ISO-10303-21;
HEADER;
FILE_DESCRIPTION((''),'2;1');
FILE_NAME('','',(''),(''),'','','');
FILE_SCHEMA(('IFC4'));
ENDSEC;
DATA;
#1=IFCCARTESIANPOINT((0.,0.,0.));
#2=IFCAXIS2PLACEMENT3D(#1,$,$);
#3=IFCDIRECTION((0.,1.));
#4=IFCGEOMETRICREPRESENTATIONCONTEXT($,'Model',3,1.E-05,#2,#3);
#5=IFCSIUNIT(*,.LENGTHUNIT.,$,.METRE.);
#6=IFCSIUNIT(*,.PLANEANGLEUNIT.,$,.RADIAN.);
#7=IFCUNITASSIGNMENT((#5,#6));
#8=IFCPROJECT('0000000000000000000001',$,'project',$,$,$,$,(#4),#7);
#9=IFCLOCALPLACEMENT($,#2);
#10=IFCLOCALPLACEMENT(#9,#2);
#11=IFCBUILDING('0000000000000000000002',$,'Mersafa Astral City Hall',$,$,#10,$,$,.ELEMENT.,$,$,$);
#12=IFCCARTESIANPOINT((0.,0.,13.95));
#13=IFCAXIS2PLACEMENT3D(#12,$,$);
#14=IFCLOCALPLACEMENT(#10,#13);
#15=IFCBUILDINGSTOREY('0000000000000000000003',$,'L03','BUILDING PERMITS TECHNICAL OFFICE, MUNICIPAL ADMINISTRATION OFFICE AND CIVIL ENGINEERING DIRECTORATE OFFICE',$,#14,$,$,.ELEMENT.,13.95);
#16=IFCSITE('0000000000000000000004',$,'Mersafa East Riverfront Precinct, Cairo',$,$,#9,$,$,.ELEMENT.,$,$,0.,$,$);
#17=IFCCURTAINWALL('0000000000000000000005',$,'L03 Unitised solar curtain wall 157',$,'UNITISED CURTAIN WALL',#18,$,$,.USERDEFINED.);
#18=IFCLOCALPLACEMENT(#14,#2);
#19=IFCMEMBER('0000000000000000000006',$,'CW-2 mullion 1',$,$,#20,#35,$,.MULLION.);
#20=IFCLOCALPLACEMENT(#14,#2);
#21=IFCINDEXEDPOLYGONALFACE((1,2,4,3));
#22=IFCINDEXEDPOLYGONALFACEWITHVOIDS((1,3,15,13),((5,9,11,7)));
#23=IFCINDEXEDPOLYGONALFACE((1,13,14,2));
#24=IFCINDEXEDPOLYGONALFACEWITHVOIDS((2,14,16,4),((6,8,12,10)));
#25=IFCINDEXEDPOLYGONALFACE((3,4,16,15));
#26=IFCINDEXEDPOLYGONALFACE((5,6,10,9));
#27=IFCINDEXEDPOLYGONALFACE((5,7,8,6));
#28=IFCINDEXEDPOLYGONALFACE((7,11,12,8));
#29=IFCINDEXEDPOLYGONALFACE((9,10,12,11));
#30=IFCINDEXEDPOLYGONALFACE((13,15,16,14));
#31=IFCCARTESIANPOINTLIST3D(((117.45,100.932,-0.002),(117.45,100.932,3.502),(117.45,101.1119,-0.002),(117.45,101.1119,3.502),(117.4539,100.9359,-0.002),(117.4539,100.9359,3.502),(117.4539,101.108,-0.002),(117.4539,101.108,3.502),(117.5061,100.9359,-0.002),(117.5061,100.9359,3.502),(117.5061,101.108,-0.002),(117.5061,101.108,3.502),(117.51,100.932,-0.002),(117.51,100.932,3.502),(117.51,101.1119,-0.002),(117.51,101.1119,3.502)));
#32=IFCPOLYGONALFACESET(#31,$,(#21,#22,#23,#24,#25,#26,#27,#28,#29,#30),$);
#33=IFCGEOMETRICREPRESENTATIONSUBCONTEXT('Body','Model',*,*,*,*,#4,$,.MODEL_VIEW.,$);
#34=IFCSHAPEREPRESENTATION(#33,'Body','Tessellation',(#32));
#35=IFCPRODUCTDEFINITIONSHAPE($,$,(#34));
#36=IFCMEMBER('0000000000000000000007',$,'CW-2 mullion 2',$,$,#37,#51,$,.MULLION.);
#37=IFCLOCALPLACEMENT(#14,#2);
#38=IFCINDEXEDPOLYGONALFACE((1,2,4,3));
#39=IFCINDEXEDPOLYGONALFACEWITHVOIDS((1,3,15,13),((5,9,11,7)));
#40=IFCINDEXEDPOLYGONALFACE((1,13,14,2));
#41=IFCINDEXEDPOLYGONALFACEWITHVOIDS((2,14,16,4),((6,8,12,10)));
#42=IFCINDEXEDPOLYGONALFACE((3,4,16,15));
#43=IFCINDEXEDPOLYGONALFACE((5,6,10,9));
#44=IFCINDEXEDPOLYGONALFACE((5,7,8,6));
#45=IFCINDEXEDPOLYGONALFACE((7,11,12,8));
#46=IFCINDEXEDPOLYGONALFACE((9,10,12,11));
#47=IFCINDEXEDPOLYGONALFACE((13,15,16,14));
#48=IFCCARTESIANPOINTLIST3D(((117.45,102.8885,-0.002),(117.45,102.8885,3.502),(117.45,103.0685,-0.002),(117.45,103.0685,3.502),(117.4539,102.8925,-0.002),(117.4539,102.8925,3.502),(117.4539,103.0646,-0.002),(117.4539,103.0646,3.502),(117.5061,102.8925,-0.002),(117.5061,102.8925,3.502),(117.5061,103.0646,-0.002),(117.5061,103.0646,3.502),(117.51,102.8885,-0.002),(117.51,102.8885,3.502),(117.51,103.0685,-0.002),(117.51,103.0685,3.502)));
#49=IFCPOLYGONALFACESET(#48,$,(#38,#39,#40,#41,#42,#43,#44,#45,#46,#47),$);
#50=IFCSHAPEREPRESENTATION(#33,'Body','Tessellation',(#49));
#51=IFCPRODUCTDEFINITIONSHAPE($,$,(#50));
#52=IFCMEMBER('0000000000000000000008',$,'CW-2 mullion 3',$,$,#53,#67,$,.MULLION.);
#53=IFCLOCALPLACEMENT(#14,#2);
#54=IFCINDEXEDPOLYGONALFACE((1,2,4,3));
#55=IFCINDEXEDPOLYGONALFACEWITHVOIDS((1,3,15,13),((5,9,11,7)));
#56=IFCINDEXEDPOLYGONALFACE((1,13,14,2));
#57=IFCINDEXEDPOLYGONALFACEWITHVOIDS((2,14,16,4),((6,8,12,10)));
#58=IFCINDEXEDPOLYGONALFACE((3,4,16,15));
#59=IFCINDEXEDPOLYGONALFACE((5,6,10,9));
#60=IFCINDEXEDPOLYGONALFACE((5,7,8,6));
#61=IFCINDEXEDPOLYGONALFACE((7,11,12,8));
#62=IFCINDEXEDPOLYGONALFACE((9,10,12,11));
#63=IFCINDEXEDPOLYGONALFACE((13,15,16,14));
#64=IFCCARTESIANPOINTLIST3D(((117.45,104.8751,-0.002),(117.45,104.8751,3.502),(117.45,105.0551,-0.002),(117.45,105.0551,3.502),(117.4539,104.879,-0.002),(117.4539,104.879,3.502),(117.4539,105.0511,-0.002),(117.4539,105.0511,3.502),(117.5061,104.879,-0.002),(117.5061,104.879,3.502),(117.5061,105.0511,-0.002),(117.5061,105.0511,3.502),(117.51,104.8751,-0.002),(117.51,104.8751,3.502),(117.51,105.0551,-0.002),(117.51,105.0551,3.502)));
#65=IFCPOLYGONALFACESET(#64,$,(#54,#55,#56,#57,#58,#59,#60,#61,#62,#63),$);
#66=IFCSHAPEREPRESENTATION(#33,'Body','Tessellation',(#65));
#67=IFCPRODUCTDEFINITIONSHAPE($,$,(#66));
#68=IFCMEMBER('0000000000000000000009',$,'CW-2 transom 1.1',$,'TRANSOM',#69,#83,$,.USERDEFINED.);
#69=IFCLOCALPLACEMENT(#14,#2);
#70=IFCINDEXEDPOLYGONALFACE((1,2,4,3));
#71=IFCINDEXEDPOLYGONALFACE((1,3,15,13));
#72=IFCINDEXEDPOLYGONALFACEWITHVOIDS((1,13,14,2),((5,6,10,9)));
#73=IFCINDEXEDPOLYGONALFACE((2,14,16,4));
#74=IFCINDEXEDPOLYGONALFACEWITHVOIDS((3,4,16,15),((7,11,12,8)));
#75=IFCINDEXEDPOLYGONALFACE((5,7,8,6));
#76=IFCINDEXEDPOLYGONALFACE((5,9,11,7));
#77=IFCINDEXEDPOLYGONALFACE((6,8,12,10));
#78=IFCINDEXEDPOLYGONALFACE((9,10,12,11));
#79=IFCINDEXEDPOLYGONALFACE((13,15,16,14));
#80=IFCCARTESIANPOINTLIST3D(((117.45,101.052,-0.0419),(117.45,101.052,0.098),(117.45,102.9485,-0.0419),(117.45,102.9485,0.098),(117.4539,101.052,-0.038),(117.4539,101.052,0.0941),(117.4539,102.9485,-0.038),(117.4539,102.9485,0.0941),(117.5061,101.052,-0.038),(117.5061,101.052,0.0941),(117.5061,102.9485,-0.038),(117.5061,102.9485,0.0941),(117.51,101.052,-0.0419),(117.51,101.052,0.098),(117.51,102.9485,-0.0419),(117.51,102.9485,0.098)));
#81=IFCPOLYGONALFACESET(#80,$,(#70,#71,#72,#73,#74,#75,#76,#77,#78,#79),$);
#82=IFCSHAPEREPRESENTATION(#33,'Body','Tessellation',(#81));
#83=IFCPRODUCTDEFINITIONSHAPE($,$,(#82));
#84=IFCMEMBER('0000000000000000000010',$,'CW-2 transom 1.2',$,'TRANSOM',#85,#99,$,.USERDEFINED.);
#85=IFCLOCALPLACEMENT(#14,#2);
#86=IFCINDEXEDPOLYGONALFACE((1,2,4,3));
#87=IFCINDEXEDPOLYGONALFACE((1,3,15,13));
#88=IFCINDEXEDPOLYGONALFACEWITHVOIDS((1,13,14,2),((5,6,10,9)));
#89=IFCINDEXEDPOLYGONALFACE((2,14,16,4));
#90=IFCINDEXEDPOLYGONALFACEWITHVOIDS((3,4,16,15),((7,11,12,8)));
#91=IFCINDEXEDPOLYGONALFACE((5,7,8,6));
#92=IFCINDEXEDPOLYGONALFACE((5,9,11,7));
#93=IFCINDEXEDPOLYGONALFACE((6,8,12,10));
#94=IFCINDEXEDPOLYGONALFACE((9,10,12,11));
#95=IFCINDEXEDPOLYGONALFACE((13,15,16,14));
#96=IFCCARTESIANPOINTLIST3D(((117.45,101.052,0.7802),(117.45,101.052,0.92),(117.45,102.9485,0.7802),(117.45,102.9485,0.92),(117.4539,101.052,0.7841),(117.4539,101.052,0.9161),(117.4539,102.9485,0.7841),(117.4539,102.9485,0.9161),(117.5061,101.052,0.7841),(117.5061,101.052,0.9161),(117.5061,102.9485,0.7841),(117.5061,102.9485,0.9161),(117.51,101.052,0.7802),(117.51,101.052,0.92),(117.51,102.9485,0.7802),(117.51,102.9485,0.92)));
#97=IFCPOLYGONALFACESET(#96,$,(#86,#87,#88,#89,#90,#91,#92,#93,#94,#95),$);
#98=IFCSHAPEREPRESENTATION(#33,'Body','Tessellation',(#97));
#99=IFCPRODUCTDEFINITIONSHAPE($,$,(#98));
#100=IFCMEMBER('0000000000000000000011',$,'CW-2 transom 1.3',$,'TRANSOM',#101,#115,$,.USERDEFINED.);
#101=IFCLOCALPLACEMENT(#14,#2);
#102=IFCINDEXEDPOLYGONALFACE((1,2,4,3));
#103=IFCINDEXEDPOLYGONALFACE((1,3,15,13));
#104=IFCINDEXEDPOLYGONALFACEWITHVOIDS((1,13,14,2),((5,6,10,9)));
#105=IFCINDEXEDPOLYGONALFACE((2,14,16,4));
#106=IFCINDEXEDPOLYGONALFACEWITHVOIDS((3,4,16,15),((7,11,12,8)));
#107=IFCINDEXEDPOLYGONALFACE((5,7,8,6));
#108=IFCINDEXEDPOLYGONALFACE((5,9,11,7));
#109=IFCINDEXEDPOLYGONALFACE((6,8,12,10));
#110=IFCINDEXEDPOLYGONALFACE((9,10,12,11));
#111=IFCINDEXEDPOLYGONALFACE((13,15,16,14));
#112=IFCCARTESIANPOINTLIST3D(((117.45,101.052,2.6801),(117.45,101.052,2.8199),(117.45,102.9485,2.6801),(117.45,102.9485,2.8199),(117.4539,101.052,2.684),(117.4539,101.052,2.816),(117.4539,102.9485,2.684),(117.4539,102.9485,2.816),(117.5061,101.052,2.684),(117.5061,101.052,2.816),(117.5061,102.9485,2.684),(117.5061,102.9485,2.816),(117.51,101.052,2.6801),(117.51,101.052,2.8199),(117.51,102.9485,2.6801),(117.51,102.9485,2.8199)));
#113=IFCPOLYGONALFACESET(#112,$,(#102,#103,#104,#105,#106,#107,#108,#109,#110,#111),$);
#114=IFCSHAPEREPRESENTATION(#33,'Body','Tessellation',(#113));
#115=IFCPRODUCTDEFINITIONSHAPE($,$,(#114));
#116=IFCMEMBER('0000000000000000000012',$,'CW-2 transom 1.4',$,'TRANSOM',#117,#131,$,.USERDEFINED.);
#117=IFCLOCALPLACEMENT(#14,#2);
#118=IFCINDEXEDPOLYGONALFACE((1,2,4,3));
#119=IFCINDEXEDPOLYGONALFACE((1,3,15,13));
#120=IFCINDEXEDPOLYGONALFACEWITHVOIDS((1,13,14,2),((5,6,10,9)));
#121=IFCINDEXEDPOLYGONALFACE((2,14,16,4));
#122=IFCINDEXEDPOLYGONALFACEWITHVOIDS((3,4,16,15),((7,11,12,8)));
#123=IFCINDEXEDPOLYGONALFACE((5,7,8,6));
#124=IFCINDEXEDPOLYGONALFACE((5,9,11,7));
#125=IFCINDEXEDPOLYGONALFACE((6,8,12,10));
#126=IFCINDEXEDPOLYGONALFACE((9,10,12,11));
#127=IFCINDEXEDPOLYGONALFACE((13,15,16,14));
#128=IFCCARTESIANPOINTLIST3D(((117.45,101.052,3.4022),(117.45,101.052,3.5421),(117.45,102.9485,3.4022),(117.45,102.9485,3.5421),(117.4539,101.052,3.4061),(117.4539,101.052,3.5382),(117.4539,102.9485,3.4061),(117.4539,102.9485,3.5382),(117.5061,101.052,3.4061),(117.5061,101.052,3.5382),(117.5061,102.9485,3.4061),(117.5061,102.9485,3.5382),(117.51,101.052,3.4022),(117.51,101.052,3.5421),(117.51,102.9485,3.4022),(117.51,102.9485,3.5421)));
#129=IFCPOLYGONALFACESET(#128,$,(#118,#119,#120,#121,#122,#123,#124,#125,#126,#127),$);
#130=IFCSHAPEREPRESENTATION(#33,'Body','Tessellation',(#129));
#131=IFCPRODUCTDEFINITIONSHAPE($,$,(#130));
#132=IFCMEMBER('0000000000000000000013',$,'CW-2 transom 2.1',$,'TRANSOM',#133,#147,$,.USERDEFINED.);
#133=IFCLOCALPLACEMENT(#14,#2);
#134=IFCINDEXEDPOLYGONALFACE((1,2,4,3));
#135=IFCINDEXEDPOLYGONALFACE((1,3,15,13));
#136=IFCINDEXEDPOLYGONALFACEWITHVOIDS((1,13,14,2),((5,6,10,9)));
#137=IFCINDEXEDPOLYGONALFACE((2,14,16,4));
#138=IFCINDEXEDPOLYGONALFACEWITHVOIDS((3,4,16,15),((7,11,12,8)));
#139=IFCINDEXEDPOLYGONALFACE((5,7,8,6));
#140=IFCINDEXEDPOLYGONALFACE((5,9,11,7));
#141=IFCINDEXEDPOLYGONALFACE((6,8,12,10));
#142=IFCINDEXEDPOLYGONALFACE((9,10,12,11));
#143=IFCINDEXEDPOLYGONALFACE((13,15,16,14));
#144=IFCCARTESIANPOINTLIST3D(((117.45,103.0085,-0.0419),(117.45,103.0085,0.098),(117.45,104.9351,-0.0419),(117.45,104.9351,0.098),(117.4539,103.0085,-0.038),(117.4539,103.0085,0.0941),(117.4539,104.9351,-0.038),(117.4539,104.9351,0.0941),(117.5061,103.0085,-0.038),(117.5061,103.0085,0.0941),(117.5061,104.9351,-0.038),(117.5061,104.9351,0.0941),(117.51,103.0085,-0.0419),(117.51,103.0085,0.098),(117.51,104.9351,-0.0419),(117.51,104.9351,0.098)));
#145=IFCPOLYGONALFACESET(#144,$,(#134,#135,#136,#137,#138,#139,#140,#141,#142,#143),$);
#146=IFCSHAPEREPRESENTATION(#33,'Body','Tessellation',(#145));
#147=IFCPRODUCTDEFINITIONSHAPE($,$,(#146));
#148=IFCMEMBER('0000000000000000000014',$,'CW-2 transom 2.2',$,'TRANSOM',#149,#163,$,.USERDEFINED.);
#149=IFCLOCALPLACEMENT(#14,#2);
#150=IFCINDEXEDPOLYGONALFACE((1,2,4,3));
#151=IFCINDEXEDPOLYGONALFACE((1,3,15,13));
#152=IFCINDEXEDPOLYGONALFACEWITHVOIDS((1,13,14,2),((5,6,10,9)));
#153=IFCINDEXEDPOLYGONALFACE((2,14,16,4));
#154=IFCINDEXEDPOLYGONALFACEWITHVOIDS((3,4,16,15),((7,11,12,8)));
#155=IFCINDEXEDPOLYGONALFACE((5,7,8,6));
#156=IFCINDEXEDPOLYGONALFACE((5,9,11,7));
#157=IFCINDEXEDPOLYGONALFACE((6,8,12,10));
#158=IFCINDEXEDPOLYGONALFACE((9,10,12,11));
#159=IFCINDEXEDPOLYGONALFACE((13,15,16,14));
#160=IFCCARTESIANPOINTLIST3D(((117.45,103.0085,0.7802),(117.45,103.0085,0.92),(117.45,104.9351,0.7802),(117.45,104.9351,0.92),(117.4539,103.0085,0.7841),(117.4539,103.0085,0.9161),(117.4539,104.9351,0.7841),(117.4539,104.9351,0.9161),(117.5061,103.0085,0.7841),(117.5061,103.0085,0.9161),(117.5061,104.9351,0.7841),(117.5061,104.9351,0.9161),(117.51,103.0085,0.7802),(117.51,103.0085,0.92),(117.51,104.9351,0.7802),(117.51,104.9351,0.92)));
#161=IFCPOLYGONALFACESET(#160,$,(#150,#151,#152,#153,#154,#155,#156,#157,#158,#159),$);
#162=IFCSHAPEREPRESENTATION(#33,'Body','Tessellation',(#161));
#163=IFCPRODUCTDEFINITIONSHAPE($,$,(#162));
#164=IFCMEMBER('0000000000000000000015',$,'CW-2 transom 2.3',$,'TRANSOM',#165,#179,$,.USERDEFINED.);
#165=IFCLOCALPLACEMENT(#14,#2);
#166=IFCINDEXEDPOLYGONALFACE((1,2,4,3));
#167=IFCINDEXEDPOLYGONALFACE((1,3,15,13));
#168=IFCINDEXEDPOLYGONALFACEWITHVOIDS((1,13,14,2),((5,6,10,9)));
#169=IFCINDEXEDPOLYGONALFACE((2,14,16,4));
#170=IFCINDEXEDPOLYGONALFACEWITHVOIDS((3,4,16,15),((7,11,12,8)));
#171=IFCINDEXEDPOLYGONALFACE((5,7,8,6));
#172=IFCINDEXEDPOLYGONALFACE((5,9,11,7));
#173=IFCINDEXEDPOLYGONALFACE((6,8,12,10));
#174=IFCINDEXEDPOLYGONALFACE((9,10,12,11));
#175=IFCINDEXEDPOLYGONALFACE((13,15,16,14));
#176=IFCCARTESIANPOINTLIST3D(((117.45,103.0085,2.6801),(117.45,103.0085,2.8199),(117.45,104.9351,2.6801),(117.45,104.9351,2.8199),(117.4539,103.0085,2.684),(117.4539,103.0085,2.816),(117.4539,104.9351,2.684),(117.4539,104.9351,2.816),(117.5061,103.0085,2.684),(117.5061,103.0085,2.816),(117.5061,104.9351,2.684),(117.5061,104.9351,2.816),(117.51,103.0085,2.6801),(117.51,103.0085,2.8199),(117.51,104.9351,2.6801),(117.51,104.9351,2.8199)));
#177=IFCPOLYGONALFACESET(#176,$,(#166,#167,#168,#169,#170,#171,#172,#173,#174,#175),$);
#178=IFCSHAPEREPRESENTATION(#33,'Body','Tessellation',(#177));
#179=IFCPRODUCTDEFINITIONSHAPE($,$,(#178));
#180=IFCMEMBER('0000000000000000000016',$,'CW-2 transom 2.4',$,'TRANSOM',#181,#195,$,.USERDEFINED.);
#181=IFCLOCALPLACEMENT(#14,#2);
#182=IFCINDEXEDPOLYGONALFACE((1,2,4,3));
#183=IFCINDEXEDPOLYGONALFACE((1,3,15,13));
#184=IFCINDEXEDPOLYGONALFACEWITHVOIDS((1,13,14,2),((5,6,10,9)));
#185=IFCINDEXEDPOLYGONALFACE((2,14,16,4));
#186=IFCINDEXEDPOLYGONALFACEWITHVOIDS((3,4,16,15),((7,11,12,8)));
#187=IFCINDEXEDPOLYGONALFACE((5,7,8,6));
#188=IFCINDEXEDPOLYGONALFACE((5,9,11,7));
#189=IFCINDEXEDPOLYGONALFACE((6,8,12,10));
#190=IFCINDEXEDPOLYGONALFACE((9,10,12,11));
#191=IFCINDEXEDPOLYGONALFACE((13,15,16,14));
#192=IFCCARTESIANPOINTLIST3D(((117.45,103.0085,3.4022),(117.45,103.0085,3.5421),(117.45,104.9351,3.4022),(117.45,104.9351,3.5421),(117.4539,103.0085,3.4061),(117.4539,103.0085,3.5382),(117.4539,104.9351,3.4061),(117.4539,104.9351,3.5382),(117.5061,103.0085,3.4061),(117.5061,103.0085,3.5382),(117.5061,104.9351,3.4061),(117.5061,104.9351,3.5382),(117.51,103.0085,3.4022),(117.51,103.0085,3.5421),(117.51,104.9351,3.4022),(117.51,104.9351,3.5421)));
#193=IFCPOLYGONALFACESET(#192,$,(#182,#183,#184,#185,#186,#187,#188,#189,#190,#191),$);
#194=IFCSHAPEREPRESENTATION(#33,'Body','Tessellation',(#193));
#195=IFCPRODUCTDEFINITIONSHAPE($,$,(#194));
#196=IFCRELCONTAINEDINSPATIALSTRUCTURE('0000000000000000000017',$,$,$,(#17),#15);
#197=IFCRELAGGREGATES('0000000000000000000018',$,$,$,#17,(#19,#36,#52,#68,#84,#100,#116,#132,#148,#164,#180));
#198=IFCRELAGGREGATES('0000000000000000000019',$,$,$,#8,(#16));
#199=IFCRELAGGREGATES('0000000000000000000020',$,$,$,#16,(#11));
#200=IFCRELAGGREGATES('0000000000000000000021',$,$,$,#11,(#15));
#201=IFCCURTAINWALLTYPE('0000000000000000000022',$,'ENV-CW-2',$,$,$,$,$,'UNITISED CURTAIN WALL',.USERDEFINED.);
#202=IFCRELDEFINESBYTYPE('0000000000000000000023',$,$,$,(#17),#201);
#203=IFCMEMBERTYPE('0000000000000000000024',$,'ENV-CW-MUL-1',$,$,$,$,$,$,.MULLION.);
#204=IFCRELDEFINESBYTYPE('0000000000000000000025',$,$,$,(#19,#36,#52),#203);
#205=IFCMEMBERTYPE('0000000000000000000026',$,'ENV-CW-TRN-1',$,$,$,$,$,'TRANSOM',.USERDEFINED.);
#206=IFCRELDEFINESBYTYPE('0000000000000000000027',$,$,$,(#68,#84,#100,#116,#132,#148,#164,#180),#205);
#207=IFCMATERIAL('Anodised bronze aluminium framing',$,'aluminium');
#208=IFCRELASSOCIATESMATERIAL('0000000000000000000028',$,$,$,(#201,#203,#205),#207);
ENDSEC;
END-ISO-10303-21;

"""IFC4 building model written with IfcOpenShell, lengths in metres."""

from ifc_helpers import new_model, si_unit, direction, frame, origin, origin_2d, place, context, subcontext, project, spatial, hollow_rectangle, extrude, material, material_profile, profile_set, type_object, element, aggregate, save


model = new_model("IFC4")

# Units and contexts
model_context = context("Model", 3, precision=1e-05, world=origin(), true_north=direction((0.0, 1.0)))
body_context = subcontext(model_context, "Body", "Model", "MODEL_VIEW")
ifc_project = project(units=[si_unit("LENGTHUNIT", "METRE"), si_unit("PLANEANGLEUNIT", "RADIAN")], contexts=[model_context])

# Site, building, storey
site_placement = place(None, origin())
site = spatial("IfcSite", under=ifc_project, at=site_placement, Name="Mersafa East Riverfront Precinct, Cairo", CompositionType="ELEMENT", RefElevation=0.0)
building_placement = place(site_placement, origin())
building = spatial("IfcBuilding", under=site, at=building_placement, Name="Mersafa Astral City Hall", CompositionType="ELEMENT")
storey_placement = place(building_placement, frame((0.0, 0.0, 13.95)))
storey = spatial("IfcBuildingStorey", under=building, at=storey_placement, Name="L03", Description="BUILDING PERMITS TECHNICAL OFFICE, MUNICIPAL ADMINISTRATION OFFICE AND CIVIL ENGINEERING DIRECTORATE OFFICE", CompositionType="ELEMENT", Elevation=13.95)

# Curtain wall, members
ifc_material_1 = material(Name="Anodised bronze aluminium framing", Category="aluminium")
curtain_wall_type = type_object("IfcCurtainWallType", Name="ENV-CW-2", ElementType="UNITISED CURTAIN WALL", PredefinedType="USERDEFINED", material=ifc_material_1)
curtain_wall_placement = place(storey_placement, origin())
curtain_wall = element("IfcCurtainWall", 1, at=curtain_wall_placement, inside=storey, type_object=curtain_wall_type, Name="L03 Unitised solar curtain wall 157", ObjectType="UNITISED CURTAIN WALL", PredefinedType="USERDEFINED")
ifc_material_profile_1 = material_profile(ifc_material_1, hollow_rectangle(XDim=0.0601, YDim=0.1799, WallThickness=0.0039, at=origin_2d()), Name="RHS 60x180x4")
ifc_profile_set_1 = profile_set([ifc_material_profile_1], Name="Anodised bronze aluminium framing")
member_type_1 = type_object("IfcMemberType", Name="ENV-CW-MUL-1", PredefinedType="MULLION", material=ifc_profile_set_1)
member_1_placement = place(storey_placement, frame((117.48, 101.022, -0.002), z_axis=(0.0, 0.0, 1.0), x_axis=(-1.0, 0.0, 0.0)))
member_1 = element("IfcMember", 2, at=member_1_placement, type_object=member_type_1, Name="CW-2 mullion 1", PredefinedType="MULLION", context=body_context, shape_type="SweptSolid", body=[
    extrude(hollow_rectangle(XDim=0.0601, YDim=0.1799, WallThickness=0.0039, at=origin_2d()), origin(), (0.0, 0.0, 1.0), 3.5039),
])
member_2_placement = place(storey_placement, frame((117.48, 102.9785, -0.002), z_axis=(0.0, 0.0, 1.0), x_axis=(-1.0, 0.0, 0.0)))
member_2 = element("IfcMember", 3, at=member_2_placement, type_object=member_type_1, Name="CW-2 mullion 2", PredefinedType="MULLION", context=body_context, shape_type="SweptSolid", body=[
    extrude(hollow_rectangle(XDim=0.0601, YDim=0.1799, WallThickness=0.0039, at=origin_2d()), origin(), (0.0, 0.0, 1.0), 3.5039),
])
member_3_placement = place(storey_placement, frame((117.48, 104.9651, -0.002), z_axis=(0.0, 0.0, 1.0), x_axis=(-1.0, 0.0, 0.0)))
member_3 = element("IfcMember", 4, at=member_3_placement, type_object=member_type_1, Name="CW-2 mullion 3", PredefinedType="MULLION", context=body_context, shape_type="SweptSolid", body=[
    extrude(hollow_rectangle(XDim=0.0601, YDim=0.1799, WallThickness=0.0039, at=origin_2d()), origin(), (0.0, 0.0, 1.0), 3.5039),
])
ifc_material_profile_2 = material_profile(ifc_material_1, hollow_rectangle(XDim=0.0601, YDim=0.1399, WallThickness=0.0039, at=origin_2d()), Name="RHS 60x140x4")
ifc_profile_set_2 = profile_set([ifc_material_profile_2], Name="Anodised bronze aluminium framing")
member_type_2 = type_object("IfcMemberType", Name="ENV-CW-TRN-1", ElementType="TRANSOM", PredefinedType="USERDEFINED", material=ifc_profile_set_2)
member_4_placement = place(storey_placement, frame((117.48, 101.052, 0.0281), z_axis=(0.0, 1.0, 0.0), x_axis=(-1.0, 0.0, 0.0)))
member_4 = element("IfcMember", 5, at=member_4_placement, type_object=member_type_2, Name="CW-2 transom 1.1", ObjectType="TRANSOM", PredefinedType="USERDEFINED", context=body_context, shape_type="SweptSolid", body=[
    extrude(hollow_rectangle(XDim=0.0601, YDim=0.1399, WallThickness=0.0039, at=origin_2d()), origin(), (0.0, 0.0, 1.0), 1.8965),
])
member_5_placement = place(storey_placement, frame((117.48, 101.052, 0.8501), z_axis=(0.0, 1.0, 0.0), x_axis=(-1.0, 0.0, 0.0)))
member_5 = element("IfcMember", 6, at=member_5_placement, type_object=member_type_2, Name="CW-2 transom 1.2", ObjectType="TRANSOM", PredefinedType="USERDEFINED", context=body_context, shape_type="SweptSolid", body=[
    extrude(hollow_rectangle(XDim=0.0601, YDim=0.1399, WallThickness=0.0039, at=origin_2d()), origin(), (0.0, 0.0, 1.0), 1.8965),
])
member_6_placement = place(storey_placement, frame((117.48, 101.052, 2.75), z_axis=(0.0, 1.0, 0.0), x_axis=(-1.0, 0.0, 0.0)))
member_6 = element("IfcMember", 7, at=member_6_placement, type_object=member_type_2, Name="CW-2 transom 1.3", ObjectType="TRANSOM", PredefinedType="USERDEFINED", context=body_context, shape_type="SweptSolid", body=[
    extrude(hollow_rectangle(XDim=0.0601, YDim=0.1399, WallThickness=0.0039, at=origin_2d()), origin(), (0.0, 0.0, 1.0), 1.8965),
])
member_7_placement = place(storey_placement, frame((117.48, 101.052, 3.4722), z_axis=(0.0, 1.0, 0.0), x_axis=(-1.0, 0.0, 0.0)))
member_7 = element("IfcMember", 8, at=member_7_placement, type_object=member_type_2, Name="CW-2 transom 1.4", ObjectType="TRANSOM", PredefinedType="USERDEFINED", context=body_context, shape_type="SweptSolid", body=[
    extrude(hollow_rectangle(XDim=0.0601, YDim=0.1399, WallThickness=0.0039, at=origin_2d()), origin(), (0.0, 0.0, 1.0), 1.8965),
])
member_8_placement = place(storey_placement, frame((117.48, 103.0085, 0.0281), z_axis=(0.0, 1.0, 0.0), x_axis=(-1.0, 0.0, 0.0)))
member_8 = element("IfcMember", 9, at=member_8_placement, type_object=member_type_2, Name="CW-2 transom 2.1", ObjectType="TRANSOM", PredefinedType="USERDEFINED", context=body_context, shape_type="SweptSolid", body=[
    extrude(hollow_rectangle(XDim=0.0601, YDim=0.1399, WallThickness=0.0039, at=origin_2d()), origin(), (0.0, 0.0, 1.0), 1.9265),
])
member_9_placement = place(storey_placement, frame((117.48, 103.0085, 0.8501), z_axis=(0.0, 1.0, 0.0), x_axis=(-1.0, 0.0, 0.0)))
member_9 = element("IfcMember", 10, at=member_9_placement, type_object=member_type_2, Name="CW-2 transom 2.2", ObjectType="TRANSOM", PredefinedType="USERDEFINED", context=body_context, shape_type="SweptSolid", body=[
    extrude(hollow_rectangle(XDim=0.0601, YDim=0.1399, WallThickness=0.0039, at=origin_2d()), origin(), (0.0, 0.0, 1.0), 1.9265),
])
member_10_placement = place(storey_placement, frame((117.48, 103.0085, 2.75), z_axis=(0.0, 1.0, 0.0), x_axis=(-1.0, 0.0, 0.0)))
member_10 = element("IfcMember", 11, at=member_10_placement, type_object=member_type_2, Name="CW-2 transom 2.3", ObjectType="TRANSOM", PredefinedType="USERDEFINED", context=body_context, shape_type="SweptSolid", body=[
    extrude(hollow_rectangle(XDim=0.0601, YDim=0.1399, WallThickness=0.0039, at=origin_2d()), origin(), (0.0, 0.0, 1.0), 1.9265),
])
member_11_placement = place(storey_placement, frame((117.48, 103.0085, 3.4722), z_axis=(0.0, 1.0, 0.0), x_axis=(-1.0, 0.0, 0.0)))
member_11 = element("IfcMember", 12, at=member_11_placement, type_object=member_type_2, Name="CW-2 transom 2.4", ObjectType="TRANSOM", PredefinedType="USERDEFINED", context=body_context, shape_type="SweptSolid", body=[
    extrude(hollow_rectangle(XDim=0.0601, YDim=0.1399, WallThickness=0.0039, at=origin_2d()), origin(), (0.0, 0.0, 1.0), 1.9265),
])
aggregate(curtain_wall, [member_1, member_2, member_3, member_4, member_5, member_6, member_7, member_8, member_9, member_10, member_11])

save(model, "model.ifc")
